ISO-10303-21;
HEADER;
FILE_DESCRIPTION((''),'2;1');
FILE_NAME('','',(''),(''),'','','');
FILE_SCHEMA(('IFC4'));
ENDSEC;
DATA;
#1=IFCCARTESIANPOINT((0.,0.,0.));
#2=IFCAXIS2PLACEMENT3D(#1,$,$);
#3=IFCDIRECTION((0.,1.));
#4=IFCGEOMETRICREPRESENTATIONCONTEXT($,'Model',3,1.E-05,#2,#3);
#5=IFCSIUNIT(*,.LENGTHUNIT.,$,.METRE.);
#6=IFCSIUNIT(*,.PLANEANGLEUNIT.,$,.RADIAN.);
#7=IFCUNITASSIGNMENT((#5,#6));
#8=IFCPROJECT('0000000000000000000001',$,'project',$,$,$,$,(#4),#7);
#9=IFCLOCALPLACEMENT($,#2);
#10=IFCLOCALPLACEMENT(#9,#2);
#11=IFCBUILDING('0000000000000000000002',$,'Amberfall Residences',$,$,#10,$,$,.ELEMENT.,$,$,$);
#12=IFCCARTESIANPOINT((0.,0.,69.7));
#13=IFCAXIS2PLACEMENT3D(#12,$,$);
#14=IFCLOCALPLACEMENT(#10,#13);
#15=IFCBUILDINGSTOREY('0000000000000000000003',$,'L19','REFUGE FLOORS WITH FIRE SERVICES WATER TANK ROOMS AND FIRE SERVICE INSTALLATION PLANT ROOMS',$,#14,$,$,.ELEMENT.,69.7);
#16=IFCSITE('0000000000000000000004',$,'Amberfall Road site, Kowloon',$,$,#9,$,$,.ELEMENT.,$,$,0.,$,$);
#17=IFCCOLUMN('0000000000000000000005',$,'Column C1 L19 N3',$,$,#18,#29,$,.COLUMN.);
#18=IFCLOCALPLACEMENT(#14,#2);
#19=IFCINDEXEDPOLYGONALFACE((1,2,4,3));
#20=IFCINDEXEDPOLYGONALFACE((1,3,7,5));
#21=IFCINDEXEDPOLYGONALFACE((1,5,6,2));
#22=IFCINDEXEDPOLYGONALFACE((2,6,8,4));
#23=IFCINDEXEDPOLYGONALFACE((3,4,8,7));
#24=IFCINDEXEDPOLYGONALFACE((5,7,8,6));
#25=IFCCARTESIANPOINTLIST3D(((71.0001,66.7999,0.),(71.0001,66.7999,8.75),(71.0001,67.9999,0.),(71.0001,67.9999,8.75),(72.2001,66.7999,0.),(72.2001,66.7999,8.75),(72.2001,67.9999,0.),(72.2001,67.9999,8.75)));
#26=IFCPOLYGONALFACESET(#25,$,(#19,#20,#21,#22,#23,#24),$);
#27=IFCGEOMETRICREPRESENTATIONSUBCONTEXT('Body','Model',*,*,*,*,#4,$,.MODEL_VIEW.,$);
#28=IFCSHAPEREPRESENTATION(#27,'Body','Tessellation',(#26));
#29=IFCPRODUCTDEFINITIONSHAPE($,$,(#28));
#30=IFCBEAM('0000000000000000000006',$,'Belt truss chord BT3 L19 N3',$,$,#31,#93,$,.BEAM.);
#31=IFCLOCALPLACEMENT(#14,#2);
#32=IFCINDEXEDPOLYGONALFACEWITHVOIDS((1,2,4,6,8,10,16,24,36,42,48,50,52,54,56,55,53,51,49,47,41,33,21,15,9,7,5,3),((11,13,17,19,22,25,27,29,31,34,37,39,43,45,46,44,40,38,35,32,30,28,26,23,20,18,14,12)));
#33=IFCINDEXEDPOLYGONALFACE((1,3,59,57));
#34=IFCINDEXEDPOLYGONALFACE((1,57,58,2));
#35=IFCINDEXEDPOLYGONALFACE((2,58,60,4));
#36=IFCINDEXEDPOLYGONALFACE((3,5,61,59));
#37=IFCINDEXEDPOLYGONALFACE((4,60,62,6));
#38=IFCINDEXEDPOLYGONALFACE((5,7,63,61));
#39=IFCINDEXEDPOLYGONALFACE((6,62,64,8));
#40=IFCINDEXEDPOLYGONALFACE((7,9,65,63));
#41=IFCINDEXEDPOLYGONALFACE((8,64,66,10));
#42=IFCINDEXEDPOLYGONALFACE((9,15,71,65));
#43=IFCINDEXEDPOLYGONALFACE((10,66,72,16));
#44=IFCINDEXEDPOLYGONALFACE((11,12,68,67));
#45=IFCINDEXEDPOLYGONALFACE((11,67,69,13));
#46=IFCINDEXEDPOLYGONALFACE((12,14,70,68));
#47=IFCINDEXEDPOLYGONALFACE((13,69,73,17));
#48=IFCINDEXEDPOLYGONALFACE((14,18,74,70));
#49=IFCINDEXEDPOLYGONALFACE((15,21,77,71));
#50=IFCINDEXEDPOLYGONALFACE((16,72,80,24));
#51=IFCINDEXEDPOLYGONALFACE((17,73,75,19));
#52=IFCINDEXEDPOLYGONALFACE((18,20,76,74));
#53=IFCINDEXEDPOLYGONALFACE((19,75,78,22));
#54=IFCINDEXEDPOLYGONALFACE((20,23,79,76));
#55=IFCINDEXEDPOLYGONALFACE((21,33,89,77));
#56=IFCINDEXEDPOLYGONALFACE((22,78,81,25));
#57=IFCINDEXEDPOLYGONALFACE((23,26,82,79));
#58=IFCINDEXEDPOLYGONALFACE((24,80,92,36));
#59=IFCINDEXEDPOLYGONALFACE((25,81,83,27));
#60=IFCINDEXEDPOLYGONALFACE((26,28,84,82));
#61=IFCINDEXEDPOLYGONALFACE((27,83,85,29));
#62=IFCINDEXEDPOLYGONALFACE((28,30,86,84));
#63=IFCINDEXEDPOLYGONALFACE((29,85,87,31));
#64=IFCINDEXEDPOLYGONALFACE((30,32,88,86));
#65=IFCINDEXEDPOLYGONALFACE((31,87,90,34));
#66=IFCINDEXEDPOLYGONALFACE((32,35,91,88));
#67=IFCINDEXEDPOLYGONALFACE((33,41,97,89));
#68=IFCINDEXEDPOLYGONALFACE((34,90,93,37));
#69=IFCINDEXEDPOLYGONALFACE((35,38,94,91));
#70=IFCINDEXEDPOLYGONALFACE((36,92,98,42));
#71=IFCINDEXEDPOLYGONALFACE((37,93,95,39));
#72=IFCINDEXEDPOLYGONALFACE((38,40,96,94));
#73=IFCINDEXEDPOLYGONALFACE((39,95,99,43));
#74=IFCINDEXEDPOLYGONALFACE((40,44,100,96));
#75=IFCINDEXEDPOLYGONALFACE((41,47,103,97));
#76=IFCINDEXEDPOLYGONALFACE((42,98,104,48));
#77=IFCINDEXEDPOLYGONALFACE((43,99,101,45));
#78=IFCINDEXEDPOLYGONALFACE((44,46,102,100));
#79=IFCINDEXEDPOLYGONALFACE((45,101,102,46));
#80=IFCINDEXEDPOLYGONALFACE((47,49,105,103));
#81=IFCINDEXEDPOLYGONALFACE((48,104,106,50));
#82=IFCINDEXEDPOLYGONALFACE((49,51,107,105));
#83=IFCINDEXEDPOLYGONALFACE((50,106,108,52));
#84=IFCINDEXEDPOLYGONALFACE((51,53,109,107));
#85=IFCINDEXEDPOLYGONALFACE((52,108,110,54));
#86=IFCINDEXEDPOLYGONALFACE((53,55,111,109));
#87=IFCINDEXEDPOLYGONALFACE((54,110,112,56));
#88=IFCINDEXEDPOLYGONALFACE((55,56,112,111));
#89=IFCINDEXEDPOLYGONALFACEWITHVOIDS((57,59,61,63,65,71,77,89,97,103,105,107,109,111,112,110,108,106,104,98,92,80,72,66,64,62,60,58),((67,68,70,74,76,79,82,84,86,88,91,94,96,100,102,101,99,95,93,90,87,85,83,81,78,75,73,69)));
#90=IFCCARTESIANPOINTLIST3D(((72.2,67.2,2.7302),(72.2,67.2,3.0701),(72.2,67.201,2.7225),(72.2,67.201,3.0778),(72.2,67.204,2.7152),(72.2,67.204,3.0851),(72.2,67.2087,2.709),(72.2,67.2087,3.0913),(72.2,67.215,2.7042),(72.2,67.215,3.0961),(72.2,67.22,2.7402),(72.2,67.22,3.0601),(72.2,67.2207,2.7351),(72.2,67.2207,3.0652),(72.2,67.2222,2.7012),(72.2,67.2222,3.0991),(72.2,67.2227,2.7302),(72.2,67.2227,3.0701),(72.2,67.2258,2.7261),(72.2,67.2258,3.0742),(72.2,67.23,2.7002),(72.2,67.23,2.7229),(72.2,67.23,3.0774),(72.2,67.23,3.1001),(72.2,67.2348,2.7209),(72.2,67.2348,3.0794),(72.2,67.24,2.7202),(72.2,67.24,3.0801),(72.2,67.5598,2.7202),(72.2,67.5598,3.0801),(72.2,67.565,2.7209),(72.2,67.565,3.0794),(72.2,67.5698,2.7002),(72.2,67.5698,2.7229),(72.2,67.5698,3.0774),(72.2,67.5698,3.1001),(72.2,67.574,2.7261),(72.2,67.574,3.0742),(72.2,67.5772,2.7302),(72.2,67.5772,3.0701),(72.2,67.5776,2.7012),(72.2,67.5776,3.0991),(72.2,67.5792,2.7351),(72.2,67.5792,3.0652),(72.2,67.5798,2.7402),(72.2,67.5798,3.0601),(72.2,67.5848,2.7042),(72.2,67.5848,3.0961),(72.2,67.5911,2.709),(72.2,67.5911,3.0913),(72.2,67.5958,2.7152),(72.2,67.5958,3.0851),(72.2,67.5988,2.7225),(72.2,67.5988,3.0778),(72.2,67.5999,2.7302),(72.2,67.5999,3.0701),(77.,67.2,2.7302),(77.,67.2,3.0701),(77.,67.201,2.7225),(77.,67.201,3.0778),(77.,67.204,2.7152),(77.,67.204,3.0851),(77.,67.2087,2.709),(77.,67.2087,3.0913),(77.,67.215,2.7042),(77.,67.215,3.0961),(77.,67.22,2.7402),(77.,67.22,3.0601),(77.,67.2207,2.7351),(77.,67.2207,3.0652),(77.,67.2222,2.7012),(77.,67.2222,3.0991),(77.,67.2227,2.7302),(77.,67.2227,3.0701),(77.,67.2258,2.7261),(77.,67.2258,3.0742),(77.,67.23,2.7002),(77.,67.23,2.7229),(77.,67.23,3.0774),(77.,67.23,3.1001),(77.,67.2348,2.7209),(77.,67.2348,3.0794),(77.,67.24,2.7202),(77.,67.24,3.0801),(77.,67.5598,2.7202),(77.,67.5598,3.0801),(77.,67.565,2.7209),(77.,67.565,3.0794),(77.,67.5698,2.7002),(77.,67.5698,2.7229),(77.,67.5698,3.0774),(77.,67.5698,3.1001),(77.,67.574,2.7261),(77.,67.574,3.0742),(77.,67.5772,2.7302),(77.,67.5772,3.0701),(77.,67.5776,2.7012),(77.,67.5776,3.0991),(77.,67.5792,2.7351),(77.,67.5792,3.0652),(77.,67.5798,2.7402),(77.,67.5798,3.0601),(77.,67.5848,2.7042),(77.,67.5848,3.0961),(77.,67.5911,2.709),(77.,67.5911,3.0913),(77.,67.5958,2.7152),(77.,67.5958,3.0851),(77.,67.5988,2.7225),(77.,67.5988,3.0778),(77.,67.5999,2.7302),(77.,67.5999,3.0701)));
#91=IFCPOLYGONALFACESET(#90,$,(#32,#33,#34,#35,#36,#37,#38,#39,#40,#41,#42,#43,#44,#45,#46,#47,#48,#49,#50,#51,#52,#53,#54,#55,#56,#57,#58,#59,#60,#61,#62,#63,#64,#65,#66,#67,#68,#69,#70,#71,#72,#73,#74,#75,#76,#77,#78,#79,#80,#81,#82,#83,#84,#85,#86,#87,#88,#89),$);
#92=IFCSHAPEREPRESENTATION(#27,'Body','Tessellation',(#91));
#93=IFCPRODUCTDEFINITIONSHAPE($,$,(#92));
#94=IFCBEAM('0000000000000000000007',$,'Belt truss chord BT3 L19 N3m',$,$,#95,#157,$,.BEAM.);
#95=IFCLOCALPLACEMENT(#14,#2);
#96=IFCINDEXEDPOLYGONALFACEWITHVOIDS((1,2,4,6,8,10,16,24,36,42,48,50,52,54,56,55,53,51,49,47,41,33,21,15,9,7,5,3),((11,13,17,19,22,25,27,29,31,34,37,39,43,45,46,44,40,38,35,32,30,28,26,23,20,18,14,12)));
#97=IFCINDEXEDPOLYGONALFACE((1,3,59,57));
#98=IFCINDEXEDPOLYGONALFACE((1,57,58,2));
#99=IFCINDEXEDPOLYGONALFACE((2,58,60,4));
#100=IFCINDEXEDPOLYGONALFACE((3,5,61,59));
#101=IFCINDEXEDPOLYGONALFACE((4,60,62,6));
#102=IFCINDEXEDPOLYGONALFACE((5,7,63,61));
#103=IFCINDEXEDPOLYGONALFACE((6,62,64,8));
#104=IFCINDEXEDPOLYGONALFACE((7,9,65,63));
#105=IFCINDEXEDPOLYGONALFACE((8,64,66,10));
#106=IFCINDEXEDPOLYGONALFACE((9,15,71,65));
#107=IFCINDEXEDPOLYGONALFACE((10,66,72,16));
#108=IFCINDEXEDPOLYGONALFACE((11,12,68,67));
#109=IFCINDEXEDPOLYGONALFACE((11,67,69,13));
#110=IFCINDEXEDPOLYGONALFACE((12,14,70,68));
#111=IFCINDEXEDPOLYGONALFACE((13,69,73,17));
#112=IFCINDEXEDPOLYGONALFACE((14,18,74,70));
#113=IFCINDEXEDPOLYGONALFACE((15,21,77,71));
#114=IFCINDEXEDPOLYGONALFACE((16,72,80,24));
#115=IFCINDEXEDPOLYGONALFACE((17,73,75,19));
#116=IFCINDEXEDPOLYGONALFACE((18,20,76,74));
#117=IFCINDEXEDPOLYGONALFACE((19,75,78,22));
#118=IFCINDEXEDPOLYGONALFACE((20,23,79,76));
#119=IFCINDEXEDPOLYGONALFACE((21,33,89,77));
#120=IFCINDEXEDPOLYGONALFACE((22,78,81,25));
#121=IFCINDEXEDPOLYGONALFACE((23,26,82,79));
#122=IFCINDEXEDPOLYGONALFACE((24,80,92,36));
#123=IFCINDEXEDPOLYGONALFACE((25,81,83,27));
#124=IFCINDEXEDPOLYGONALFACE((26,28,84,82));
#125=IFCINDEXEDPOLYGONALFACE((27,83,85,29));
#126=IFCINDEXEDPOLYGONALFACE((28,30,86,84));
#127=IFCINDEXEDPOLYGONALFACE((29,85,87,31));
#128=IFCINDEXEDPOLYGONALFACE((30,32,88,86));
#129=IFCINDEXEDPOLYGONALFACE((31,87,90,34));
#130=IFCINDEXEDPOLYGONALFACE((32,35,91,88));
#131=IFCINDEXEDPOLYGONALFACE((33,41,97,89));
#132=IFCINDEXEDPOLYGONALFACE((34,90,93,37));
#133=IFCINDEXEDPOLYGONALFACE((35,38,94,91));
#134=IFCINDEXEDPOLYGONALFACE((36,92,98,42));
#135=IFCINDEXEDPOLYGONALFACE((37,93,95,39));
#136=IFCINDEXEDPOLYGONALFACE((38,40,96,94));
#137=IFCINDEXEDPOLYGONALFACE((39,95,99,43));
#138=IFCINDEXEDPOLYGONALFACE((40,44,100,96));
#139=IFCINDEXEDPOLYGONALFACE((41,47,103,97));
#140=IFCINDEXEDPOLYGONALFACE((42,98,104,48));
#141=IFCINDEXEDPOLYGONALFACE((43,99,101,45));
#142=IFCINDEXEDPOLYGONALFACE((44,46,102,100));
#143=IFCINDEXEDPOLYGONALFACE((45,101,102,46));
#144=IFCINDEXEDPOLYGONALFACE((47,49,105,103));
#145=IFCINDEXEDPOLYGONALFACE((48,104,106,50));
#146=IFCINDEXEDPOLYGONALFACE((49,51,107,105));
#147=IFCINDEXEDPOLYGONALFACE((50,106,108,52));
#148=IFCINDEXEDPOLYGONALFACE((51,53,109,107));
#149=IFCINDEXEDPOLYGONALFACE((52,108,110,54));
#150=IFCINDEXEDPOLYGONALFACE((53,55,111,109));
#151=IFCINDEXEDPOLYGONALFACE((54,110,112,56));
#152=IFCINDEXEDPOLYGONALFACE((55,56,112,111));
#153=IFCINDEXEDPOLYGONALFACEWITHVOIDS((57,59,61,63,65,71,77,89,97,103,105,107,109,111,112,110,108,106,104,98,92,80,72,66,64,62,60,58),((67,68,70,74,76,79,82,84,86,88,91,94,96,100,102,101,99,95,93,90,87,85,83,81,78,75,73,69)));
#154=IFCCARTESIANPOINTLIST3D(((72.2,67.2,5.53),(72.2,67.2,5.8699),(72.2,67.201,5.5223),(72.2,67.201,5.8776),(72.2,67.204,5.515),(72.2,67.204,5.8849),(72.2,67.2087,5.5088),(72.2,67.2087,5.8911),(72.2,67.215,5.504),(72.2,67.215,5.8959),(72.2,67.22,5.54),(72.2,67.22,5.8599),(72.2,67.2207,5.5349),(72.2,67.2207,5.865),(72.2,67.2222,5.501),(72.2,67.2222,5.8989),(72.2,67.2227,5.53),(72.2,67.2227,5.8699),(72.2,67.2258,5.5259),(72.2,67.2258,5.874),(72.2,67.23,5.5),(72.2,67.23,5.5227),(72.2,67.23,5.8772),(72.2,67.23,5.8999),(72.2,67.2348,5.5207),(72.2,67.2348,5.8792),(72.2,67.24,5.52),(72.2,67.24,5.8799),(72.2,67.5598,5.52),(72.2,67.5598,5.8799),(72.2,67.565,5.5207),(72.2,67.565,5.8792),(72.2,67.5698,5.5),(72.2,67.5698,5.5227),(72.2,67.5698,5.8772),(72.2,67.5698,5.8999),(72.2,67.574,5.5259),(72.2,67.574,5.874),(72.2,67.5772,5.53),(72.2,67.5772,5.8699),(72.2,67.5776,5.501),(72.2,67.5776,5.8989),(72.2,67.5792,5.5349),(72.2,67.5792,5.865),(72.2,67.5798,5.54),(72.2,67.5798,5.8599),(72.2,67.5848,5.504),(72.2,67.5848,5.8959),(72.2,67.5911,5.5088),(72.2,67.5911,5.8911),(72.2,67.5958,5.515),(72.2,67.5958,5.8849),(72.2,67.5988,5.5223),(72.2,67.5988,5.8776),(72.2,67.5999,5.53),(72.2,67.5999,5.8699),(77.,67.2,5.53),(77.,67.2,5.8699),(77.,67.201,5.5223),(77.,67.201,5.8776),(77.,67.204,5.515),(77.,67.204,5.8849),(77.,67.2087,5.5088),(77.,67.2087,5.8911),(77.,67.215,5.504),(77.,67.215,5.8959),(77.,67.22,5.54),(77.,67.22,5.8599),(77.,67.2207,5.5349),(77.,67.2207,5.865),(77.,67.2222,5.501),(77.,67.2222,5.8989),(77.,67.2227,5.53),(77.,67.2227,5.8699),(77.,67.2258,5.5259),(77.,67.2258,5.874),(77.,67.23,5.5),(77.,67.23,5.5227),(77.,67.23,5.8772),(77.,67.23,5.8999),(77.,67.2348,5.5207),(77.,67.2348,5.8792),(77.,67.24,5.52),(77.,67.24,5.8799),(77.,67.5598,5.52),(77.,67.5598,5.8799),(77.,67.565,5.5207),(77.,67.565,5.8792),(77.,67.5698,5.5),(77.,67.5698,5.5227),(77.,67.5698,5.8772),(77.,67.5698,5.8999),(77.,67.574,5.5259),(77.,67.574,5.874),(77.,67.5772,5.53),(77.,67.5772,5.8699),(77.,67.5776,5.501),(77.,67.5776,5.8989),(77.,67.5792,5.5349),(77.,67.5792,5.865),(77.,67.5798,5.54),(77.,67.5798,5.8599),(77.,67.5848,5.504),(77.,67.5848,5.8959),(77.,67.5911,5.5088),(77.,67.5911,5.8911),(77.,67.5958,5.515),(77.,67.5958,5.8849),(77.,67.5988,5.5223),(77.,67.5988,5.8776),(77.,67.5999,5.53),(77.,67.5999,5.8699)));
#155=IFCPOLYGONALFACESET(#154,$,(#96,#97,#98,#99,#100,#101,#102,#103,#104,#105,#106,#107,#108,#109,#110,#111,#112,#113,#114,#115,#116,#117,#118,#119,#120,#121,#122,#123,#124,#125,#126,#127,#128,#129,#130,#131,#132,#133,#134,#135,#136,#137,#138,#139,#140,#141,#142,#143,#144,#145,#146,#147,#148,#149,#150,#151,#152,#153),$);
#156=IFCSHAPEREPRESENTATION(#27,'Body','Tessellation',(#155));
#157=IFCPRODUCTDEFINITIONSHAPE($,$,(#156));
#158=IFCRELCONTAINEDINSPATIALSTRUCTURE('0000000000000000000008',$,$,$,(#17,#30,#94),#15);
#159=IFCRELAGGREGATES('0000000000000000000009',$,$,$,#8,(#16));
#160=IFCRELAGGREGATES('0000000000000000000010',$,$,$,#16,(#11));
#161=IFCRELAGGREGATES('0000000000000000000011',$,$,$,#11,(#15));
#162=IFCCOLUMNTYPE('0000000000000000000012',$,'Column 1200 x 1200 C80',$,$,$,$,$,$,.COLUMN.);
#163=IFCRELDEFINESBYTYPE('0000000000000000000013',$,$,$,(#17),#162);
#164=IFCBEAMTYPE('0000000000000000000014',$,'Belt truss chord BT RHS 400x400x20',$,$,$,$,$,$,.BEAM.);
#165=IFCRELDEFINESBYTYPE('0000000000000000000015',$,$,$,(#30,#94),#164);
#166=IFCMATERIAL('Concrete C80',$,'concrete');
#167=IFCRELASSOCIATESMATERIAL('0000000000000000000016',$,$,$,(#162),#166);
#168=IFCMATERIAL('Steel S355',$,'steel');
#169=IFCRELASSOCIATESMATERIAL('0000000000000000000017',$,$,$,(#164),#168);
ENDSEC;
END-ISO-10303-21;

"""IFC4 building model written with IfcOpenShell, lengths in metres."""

from ifc_helpers import new_model, si_unit, direction, frame, origin, origin_2d, place, context, subcontext, project, spatial, rectangle, hollow_rectangle, extrude, material, material_profile, profile_set, type_object, element, save


model = new_model("IFC4")

# Units and contexts
model_context = context("Model", 3, precision=1e-05, world=origin(), true_north=direction((0.0, 1.0)))
body_context = subcontext(model_context, "Body", "Model", "MODEL_VIEW")
ifc_project = project(units=[si_unit("LENGTHUNIT", "METRE"), si_unit("PLANEANGLEUNIT", "RADIAN")], contexts=[model_context])

# Site, building, storey
site_placement = place(None, origin())
site = spatial("IfcSite", under=ifc_project, at=site_placement, Name="Amberfall Road site, Kowloon", CompositionType="ELEMENT", RefElevation=0.0)
building_placement = place(site_placement, origin())
building = spatial("IfcBuilding", under=site, at=building_placement, Name="Amberfall Residences", CompositionType="ELEMENT")
storey_placement = place(building_placement, frame((0.0, 0.0, 69.7)))
storey = spatial("IfcBuildingStorey", under=building, at=storey_placement, Name="L19", Description="REFUGE FLOORS WITH FIRE SERVICES WATER TANK ROOMS AND FIRE SERVICE INSTALLATION PLANT ROOMS", CompositionType="ELEMENT", Elevation=69.7)

# Column
ifc_material_1 = material(Name="Concrete C80", Category="concrete")
ifc_material_profile_1 = material_profile(ifc_material_1, rectangle(XDim=1.2, YDim=1.2, at=origin_2d()), Name="Column 1200 x 1200 C80")
ifc_profile_set_1 = profile_set([ifc_material_profile_1], Name="Concrete C80")
column_type = type_object("IfcColumnType", Name="Column 1200 x 1200 C80", PredefinedType="COLUMN", material=ifc_profile_set_1)
column_placement = place(storey_placement, frame((71.6001, 67.3999, 0.0), z_axis=(0.0, 0.0, 1.0), x_axis=(1.0, 0.0, 0.0)))
element("IfcColumn", 1, at=column_placement, inside=storey, type_object=column_type, Name="Column C1 L19 N3", PredefinedType="COLUMN", context=body_context, shape_type="SweptSolid", body=[
    extrude(rectangle(XDim=1.2, YDim=1.2, at=origin_2d()), origin(), (0.0, 0.0, 1.0), 8.75),
])

# Beams
ifc_material_2 = material(Name="Steel S355", Category="steel")
ifc_material_profile_2 = material_profile(ifc_material_2, hollow_rectangle(XDim=0.3999, YDim=0.3999, WallThickness=0.02, InnerFilletRadius=0.02, OuterFilletRadius=0.03, at=origin_2d()), Name="RHS 400x400x20")
ifc_profile_set_2 = profile_set([ifc_material_profile_2], Name="Steel S355")
beam_type_1 = type_object("IfcBeamType", Name="Belt truss chord BT RHS 400x400x20", PredefinedType="BEAM", material=ifc_profile_set_2)
for number, where, z_axis, x_axis, name in (
    (2, (72.2, 67.3999, 2.9001), (1.0, 0.0, 0.0), (0.0, 1.0, 0.0), "Belt truss chord BT3 L19 N3"),
    (3, (72.2, 67.3999, 5.7), (1.0, 0.0, 0.0), (0.0, 1.0, 0.0), "Belt truss chord BT3 L19 N3m"),
):
    element("IfcBeam", number, at=place(storey_placement, frame(where, z_axis=z_axis, x_axis=x_axis)), inside=storey, type_object=beam_type_1, Name=name, PredefinedType="BEAM", context=body_context, shape_type="SweptSolid", body=[
        extrude(hollow_rectangle(XDim=0.3999, YDim=0.3999, WallThickness=0.02, InnerFilletRadius=0.02, OuterFilletRadius=0.03, at=origin_2d()), origin(), (0.0, 0.0, 1.0), 4.8),
    ])

save(model, "model.ifc")
